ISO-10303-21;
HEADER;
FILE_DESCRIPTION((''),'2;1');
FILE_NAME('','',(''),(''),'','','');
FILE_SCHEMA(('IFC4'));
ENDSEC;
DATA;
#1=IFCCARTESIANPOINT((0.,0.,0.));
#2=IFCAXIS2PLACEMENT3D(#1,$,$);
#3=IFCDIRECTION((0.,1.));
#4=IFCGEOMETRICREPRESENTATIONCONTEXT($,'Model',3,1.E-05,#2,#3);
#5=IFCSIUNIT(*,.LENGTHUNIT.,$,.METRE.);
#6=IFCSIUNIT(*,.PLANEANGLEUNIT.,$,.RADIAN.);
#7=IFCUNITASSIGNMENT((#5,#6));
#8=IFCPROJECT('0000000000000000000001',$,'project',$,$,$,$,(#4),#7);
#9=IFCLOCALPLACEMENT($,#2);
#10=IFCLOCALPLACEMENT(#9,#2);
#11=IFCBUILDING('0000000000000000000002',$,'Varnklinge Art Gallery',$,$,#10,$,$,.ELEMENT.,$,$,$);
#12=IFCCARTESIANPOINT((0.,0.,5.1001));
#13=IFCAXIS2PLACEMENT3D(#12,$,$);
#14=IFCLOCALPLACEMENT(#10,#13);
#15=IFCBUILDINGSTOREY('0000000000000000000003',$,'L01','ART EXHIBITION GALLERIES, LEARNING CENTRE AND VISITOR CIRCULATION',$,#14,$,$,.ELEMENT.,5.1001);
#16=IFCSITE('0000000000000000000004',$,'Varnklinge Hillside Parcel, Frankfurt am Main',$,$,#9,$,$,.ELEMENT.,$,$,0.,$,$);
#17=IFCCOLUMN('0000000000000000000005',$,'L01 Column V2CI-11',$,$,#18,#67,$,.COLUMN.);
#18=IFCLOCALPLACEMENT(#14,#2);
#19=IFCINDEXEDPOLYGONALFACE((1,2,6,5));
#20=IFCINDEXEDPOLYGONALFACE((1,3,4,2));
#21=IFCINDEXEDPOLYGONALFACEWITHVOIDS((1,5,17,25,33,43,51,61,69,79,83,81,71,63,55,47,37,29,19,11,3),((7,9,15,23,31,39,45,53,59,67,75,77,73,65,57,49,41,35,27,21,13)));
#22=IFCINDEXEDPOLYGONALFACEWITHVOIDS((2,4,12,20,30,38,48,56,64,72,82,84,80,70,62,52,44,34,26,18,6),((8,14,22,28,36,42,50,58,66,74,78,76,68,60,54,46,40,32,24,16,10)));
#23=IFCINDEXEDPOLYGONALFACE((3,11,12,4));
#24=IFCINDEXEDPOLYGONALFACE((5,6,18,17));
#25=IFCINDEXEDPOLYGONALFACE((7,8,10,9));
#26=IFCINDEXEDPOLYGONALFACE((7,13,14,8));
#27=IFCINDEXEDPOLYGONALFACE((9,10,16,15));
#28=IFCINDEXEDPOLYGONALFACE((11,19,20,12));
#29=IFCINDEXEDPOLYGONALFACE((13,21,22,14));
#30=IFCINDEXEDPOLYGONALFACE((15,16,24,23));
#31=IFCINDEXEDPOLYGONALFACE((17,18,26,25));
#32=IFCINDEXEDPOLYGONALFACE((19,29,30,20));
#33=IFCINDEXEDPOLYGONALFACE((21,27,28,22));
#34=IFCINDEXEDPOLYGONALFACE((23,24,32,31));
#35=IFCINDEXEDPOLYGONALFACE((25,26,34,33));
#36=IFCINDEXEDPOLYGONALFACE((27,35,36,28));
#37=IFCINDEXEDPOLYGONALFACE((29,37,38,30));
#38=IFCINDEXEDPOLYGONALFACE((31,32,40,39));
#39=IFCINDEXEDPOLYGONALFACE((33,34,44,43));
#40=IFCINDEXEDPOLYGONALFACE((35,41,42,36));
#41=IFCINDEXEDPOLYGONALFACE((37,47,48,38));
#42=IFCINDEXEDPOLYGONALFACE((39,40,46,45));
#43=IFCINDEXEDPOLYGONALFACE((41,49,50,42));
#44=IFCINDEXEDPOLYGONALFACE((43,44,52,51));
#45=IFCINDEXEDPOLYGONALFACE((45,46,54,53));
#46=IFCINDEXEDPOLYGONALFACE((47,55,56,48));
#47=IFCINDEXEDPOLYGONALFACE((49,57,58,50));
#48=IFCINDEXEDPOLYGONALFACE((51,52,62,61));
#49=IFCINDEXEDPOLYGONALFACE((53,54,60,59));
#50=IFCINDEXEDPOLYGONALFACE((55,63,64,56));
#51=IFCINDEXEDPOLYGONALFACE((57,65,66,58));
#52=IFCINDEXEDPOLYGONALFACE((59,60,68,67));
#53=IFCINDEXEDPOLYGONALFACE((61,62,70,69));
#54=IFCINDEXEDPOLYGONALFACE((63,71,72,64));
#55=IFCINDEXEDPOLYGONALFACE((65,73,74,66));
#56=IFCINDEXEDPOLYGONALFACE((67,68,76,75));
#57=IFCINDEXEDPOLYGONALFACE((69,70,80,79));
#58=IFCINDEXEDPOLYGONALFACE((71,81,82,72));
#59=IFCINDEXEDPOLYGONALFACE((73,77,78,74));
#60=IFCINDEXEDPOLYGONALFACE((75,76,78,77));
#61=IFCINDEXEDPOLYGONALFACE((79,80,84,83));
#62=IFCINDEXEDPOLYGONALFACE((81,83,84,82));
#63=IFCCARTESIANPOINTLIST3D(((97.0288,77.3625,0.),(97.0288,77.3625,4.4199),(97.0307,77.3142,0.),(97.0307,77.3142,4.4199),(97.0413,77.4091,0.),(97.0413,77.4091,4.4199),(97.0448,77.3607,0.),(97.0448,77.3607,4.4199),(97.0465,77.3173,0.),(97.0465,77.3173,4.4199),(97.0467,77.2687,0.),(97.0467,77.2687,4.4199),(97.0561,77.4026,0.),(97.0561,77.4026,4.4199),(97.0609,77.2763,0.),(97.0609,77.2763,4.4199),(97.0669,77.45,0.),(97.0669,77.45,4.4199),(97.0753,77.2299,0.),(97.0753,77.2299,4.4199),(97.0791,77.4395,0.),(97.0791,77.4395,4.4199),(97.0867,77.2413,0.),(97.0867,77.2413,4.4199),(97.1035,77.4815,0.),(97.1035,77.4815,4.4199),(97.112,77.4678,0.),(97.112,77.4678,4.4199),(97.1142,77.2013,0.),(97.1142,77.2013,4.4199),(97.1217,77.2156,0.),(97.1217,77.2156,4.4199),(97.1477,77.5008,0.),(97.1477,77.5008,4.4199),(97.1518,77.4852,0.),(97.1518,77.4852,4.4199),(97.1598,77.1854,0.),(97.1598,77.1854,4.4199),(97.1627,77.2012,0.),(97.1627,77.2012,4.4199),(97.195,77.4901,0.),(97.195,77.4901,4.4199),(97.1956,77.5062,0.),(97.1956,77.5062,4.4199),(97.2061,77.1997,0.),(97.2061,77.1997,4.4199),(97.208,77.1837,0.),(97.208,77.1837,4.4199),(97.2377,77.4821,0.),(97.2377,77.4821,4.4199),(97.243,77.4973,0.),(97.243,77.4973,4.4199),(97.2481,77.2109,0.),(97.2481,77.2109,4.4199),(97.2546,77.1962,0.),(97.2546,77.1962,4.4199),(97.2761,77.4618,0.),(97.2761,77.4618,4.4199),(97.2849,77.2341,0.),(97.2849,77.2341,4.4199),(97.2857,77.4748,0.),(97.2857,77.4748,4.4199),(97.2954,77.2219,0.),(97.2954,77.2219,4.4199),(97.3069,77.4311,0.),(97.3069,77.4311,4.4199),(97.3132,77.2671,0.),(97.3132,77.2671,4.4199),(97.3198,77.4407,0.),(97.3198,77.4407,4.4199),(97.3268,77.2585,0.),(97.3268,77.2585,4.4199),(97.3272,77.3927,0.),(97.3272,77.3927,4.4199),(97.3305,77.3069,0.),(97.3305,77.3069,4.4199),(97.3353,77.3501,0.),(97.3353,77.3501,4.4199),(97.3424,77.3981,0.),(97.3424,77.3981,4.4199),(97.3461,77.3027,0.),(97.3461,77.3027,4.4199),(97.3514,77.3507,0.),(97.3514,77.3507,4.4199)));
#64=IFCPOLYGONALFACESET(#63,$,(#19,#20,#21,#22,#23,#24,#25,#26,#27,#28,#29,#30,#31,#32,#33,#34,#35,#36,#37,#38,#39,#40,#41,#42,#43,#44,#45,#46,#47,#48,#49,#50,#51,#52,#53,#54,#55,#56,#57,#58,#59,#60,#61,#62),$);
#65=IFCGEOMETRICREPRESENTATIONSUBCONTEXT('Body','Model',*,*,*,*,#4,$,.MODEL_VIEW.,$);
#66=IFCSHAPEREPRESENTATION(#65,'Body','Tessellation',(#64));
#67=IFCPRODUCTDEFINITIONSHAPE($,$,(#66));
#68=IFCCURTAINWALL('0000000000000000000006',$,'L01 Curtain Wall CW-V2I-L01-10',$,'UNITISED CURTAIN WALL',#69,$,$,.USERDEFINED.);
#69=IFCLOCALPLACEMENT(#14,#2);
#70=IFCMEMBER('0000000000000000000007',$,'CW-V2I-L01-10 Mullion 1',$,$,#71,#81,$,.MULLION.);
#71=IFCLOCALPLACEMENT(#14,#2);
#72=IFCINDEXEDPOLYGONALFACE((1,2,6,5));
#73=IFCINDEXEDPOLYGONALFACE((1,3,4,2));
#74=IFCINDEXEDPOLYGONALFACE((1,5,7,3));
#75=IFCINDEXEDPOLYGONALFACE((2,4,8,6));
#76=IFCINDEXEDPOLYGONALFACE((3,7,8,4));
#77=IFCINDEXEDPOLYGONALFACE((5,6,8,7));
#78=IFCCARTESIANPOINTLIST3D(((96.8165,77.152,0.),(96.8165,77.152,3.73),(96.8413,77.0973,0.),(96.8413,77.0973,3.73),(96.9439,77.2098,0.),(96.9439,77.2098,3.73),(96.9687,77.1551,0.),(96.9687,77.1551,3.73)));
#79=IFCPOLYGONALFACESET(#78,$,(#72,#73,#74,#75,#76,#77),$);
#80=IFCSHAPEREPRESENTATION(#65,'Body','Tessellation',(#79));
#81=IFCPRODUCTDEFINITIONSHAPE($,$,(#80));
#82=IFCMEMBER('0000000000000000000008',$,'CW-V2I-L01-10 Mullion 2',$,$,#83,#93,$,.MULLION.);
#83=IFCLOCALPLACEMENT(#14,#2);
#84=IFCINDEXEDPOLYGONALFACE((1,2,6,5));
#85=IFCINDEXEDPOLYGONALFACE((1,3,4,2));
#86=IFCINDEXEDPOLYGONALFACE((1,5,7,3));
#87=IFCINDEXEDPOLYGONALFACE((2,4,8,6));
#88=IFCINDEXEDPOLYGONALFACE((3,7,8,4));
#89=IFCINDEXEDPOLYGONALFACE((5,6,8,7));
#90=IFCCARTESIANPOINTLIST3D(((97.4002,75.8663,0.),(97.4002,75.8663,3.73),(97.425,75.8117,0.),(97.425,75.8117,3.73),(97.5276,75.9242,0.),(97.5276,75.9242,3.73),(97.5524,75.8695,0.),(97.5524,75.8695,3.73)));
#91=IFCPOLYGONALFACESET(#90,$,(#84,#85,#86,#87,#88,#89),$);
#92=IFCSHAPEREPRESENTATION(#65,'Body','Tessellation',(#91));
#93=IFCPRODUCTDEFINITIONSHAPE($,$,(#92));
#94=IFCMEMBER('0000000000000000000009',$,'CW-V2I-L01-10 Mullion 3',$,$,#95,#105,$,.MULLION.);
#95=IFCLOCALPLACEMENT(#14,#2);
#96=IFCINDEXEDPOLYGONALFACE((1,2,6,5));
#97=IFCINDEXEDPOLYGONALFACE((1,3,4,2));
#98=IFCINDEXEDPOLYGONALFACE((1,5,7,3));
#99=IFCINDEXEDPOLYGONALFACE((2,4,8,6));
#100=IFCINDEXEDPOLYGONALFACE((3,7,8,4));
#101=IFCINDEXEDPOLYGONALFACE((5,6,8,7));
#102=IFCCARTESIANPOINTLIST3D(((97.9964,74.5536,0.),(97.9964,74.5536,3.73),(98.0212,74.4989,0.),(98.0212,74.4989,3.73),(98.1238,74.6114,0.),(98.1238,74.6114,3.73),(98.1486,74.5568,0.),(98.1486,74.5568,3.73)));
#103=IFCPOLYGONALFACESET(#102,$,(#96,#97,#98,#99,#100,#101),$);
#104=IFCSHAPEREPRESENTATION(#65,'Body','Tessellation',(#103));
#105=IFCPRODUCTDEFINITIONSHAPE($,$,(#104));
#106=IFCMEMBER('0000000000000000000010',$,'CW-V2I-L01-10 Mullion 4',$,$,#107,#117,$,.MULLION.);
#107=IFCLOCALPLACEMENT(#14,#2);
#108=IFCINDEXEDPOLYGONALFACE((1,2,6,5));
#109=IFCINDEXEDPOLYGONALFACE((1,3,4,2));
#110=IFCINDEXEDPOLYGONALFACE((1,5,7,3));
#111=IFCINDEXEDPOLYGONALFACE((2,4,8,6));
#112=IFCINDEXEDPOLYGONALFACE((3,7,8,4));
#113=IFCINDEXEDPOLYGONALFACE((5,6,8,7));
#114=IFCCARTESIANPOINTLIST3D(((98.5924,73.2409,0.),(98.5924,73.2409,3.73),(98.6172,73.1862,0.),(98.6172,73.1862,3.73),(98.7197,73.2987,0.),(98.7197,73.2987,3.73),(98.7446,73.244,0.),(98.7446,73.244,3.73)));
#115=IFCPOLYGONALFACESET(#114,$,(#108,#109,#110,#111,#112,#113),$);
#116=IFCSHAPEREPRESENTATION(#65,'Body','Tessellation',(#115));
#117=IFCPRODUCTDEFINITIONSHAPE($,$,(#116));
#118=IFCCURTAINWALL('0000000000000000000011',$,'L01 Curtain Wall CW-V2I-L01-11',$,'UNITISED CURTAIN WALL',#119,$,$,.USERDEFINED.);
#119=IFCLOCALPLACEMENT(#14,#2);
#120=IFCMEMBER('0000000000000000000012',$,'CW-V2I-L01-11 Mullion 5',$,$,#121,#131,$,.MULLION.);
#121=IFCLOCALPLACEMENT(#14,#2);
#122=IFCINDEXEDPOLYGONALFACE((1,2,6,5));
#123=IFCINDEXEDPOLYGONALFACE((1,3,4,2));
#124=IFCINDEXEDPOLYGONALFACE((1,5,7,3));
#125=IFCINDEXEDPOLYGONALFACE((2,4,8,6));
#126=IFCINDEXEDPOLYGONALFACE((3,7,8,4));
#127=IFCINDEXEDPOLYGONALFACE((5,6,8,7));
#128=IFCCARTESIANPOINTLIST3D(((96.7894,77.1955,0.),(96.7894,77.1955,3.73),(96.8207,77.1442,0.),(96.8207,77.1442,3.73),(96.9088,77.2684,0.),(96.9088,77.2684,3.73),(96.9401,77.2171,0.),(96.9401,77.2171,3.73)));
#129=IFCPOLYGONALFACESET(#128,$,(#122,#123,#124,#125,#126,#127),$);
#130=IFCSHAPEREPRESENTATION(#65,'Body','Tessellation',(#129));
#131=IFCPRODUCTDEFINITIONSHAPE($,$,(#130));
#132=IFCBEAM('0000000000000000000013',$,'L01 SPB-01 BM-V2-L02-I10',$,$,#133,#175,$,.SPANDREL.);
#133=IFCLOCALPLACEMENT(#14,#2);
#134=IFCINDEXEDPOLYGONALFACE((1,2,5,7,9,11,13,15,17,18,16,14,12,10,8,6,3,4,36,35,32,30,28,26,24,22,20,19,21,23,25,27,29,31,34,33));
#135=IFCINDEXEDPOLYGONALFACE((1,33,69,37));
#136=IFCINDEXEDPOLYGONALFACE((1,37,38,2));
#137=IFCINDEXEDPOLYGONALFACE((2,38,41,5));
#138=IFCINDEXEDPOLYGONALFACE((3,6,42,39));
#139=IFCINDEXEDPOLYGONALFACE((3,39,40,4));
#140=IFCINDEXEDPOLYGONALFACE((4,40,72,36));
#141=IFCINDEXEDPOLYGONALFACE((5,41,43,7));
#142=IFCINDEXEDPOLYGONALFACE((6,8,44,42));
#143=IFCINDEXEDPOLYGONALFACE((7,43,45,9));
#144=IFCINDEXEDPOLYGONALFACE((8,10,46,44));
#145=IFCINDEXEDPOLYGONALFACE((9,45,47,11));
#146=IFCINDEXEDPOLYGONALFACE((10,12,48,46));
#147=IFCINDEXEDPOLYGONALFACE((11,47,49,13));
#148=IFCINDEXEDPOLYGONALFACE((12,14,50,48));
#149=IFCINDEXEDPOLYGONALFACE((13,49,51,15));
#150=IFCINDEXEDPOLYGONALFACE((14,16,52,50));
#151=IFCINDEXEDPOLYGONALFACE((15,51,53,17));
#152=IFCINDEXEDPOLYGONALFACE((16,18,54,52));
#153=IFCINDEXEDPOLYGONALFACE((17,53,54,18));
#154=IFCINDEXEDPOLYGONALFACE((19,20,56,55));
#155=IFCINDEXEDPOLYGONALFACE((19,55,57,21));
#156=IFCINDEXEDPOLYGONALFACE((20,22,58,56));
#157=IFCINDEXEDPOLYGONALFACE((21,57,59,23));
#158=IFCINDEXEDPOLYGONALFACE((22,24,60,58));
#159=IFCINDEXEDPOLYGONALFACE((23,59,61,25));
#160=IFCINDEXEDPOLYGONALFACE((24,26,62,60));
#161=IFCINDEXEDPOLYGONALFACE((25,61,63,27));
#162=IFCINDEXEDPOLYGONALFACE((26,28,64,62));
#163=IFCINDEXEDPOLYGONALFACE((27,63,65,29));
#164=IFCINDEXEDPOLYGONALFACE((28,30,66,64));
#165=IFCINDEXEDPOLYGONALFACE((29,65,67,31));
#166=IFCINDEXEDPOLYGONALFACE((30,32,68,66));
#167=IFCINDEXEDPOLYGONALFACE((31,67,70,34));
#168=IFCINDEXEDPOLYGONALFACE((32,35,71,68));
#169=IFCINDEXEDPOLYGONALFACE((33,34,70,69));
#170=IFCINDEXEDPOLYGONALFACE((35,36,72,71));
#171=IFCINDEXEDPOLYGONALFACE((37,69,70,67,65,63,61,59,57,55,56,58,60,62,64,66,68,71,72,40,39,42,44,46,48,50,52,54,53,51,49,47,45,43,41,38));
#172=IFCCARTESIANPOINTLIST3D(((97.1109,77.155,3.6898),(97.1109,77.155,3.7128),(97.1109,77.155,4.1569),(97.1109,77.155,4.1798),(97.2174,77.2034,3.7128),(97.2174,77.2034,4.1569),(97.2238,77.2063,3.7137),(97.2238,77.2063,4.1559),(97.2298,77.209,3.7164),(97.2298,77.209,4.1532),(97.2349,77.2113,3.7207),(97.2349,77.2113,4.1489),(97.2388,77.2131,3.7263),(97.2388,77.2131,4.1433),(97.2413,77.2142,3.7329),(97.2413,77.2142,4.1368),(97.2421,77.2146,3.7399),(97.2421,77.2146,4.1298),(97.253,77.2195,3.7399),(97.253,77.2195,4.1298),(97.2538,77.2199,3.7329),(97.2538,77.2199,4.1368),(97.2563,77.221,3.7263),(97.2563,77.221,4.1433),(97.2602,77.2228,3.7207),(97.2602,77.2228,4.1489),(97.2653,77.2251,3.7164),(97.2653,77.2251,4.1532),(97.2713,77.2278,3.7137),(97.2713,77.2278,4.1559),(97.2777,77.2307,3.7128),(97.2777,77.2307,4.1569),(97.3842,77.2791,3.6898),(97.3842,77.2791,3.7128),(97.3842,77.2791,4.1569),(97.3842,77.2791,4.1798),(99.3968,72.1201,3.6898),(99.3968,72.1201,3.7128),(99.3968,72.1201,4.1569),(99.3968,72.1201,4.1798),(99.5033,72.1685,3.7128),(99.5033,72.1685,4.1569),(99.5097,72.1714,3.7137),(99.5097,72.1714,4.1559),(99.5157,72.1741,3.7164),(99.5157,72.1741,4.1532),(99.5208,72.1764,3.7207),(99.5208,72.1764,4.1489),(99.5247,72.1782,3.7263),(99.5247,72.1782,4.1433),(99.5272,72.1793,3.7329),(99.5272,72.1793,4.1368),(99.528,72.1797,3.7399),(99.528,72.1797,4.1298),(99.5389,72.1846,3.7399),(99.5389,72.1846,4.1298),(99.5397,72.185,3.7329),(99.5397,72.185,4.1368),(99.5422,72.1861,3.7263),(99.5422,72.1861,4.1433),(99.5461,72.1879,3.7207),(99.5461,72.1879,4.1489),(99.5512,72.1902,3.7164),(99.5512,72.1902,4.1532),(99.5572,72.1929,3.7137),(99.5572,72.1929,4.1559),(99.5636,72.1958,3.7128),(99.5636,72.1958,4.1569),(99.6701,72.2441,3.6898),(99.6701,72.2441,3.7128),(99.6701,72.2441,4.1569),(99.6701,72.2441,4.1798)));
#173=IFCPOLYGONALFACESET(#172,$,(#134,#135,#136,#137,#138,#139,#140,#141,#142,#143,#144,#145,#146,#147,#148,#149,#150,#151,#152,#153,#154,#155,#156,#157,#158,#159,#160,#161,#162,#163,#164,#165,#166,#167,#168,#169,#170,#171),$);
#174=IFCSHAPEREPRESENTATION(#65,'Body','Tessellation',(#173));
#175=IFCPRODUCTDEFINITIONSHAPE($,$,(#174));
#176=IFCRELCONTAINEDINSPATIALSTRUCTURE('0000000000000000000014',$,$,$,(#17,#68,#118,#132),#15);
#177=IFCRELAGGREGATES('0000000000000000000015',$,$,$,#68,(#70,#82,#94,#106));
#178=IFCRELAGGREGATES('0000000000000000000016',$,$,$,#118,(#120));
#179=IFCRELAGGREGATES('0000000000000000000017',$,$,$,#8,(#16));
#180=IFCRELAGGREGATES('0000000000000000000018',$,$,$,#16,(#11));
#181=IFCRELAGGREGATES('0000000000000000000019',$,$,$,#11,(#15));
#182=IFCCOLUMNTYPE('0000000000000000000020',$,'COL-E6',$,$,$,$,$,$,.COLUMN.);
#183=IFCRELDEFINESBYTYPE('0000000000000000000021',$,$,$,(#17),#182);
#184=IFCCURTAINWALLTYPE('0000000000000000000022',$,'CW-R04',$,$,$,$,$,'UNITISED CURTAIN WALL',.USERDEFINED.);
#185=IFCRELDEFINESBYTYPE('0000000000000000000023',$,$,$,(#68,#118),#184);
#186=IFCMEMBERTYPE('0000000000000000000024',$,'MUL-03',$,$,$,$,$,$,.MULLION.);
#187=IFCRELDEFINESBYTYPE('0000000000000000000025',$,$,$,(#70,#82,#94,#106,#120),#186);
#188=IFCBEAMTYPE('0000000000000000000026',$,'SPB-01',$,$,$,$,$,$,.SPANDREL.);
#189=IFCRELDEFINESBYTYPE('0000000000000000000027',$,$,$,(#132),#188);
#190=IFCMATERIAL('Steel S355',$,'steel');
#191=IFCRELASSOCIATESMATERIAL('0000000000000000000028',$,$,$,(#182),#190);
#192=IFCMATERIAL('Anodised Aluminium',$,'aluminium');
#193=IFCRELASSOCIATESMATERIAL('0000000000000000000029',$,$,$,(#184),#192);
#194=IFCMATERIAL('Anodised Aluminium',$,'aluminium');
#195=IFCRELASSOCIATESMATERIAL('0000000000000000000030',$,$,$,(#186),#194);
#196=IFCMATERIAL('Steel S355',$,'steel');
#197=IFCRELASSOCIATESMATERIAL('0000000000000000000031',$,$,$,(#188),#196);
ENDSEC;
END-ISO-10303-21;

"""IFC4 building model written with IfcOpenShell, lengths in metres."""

from ifc_helpers import new_model, si_unit, direction, frame, origin, origin_2d, place, context, subcontext, project, spatial, rectangle, hollow_circle, i_section, extrude, material, material_profile, profile_set, type_object, element, aggregate, save


model = new_model("IFC4")

# Units and contexts
model_context = context("Model", 3, precision=1e-05, world=origin(), true_north=direction((0.0, 1.0)))
body_context = subcontext(model_context, "Body", "Model", "MODEL_VIEW")
ifc_project = project(units=[si_unit("LENGTHUNIT", "METRE"), si_unit("PLANEANGLEUNIT", "RADIAN")], contexts=[model_context])

# Site, building, storey
site_placement = place(None, origin())
site = spatial("IfcSite", under=ifc_project, at=site_placement, Name="Varnklinge Hillside Parcel, Frankfurt am Main", CompositionType="ELEMENT", RefElevation=0.0)
building_placement = place(site_placement, origin())
building = spatial("IfcBuilding", under=site, at=building_placement, Name="Varnklinge Art Gallery", CompositionType="ELEMENT")
storey_placement = place(building_placement, frame((0.0, 0.0, 5.1001)))
storey = spatial("IfcBuildingStorey", under=building, at=storey_placement, Name="L01", Description="ART EXHIBITION GALLERIES, LEARNING CENTRE AND VISITOR CIRCULATION", CompositionType="ELEMENT", Elevation=5.1001)

# Column
ifc_material_1 = material(Name="Steel S355", Category="steel")
ifc_material_profile_1 = material_profile(ifc_material_1, hollow_circle(Radius=0.1619, WallThickness=0.0161, at=origin_2d()), Name="CHS 323.9x16")
ifc_profile_set_1 = profile_set([ifc_material_profile_1], Name="Steel S355")
column_type = type_object("IfcColumnType", Name="COL-E6", PredefinedType="COLUMN", material=ifc_profile_set_1)
column_placement = place(storey_placement, frame((97.1897, 77.3445, 0.0), z_axis=(0.0, 0.0, 1.0), x_axis=(-0.883684, -0.468084, 0.0)))
element("IfcColumn", 1, at=column_placement, inside=storey, type_object=column_type, Name="L01 Column V2CI-11", PredefinedType="COLUMN", context=body_context, shape_type="SweptSolid", body=[
    extrude(hollow_circle(Radius=0.1619, WallThickness=0.0161, at=origin_2d()), origin(), (0.0, 0.0, 1.0), 4.4199),
])

# Curtain wall, members
ifc_material_2 = material(Name="Anodised Aluminium", Category="aluminium")
curtain_wall_type = type_object("IfcCurtainWallType", Name="CW-R04", ElementType="UNITISED CURTAIN WALL", PredefinedType="USERDEFINED", material=ifc_material_2)
curtain_wall_1_placement = place(storey_placement, origin())
curtain_wall_1 = element("IfcCurtainWall", 2, at=curtain_wall_1_placement, inside=storey, type_object=curtain_wall_type, Name="L01 Curtain Wall CW-V2I-L01-10", ObjectType="UNITISED CURTAIN WALL", PredefinedType="USERDEFINED")
ifc_material_3 = material(Name="Anodised Aluminium", Category="aluminium")
ifc_material_profile_2 = material_profile(ifc_material_3, rectangle(XDim=0.0601, YDim=0.1399, at=origin_2d()), Name="ALU 60x140")
ifc_profile_set_2 = profile_set([ifc_material_profile_2], Name="Anodised Aluminium")
member_type_1 = type_object("IfcMemberType", Name="MUL-03", PredefinedType="MULLION", material=ifc_profile_set_2)
member_1_placement = place(storey_placement, frame((96.8926, 77.1536, 0.0), z_axis=(0.0, 0.0, 1.0), x_axis=(0.413422, -0.910539, 0.0)))
member_1 = element("IfcMember", 3, at=member_1_placement, type_object=member_type_1, Name="CW-V2I-L01-10 Mullion 1", PredefinedType="MULLION", context=body_context, shape_type="SweptSolid", body=[
    extrude(rectangle(XDim=0.0601, YDim=0.1399, at=origin_2d()), origin(), (0.0, 0.0, 1.0), 3.73),
])
member_2_placement = place(storey_placement, frame((97.4763, 75.8679, 0.0), z_axis=(0.0, 0.0, 1.0), x_axis=(0.413422, -0.910539, 0.0)))
member_2 = element("IfcMember", 4, at=member_2_placement, type_object=member_type_1, Name="CW-V2I-L01-10 Mullion 2", PredefinedType="MULLION", context=body_context, shape_type="SweptSolid", body=[
    extrude(rectangle(XDim=0.0601, YDim=0.1399, at=origin_2d()), origin(), (0.0, 0.0, 1.0), 3.73),
])
member_3_placement = place(storey_placement, frame((98.0725, 74.5552, 0.0), z_axis=(0.0, 0.0, 1.0), x_axis=(0.413422, -0.910539, 0.0)))
member_3 = element("IfcMember", 5, at=member_3_placement, type_object=member_type_1, Name="CW-V2I-L01-10 Mullion 3", PredefinedType="MULLION", context=body_context, shape_type="SweptSolid", body=[
    extrude(rectangle(XDim=0.0601, YDim=0.1399, at=origin_2d()), origin(), (0.0, 0.0, 1.0), 3.73),
])
member_4_placement = place(storey_placement, frame((98.6685, 73.2424, 0.0), z_axis=(0.0, 0.0, 1.0), x_axis=(0.413422, -0.910539, 0.0)))
member_4 = element("IfcMember", 6, at=member_4_placement, type_object=member_type_1, Name="CW-V2I-L01-10 Mullion 4", PredefinedType="MULLION", context=body_context, shape_type="SweptSolid", body=[
    extrude(rectangle(XDim=0.0601, YDim=0.1399, at=origin_2d()), origin(), (0.0, 0.0, 1.0), 3.73),
])

# Curtain wall, member
curtain_wall_2_placement = place(storey_placement, origin())
curtain_wall_2 = element("IfcCurtainWall", 7, at=curtain_wall_2_placement, inside=storey, type_object=curtain_wall_type, Name="L01 Curtain Wall CW-V2I-L01-11", ObjectType="UNITISED CURTAIN WALL", PredefinedType="USERDEFINED")
member_5_placement = place(storey_placement, frame((96.8647, 77.2063, 0.0), z_axis=(0.0, 0.0, 1.0), x_axis=(0.520861, -0.853642, 0.0)))
member_5 = element("IfcMember", 8, at=member_5_placement, type_object=member_type_1, Name="CW-V2I-L01-11 Mullion 5", PredefinedType="MULLION", context=body_context, shape_type="SweptSolid", body=[
    extrude(rectangle(XDim=0.0601, YDim=0.1399, at=origin_2d()), origin(), (0.0, 0.0, 1.0), 3.73),
])

# Beam
ifc_material_4 = material(Name="Steel S355", Category="steel")
ifc_material_profile_3 = material_profile(ifc_material_4, i_section(OverallWidth=0.3, OverallDepth=0.49, WebThickness=0.012, FlangeThickness=0.0229, FilletRadius=0.0271, at=origin_2d()), Name="HEA 500")
ifc_profile_set_3 = profile_set([ifc_material_profile_3], Name="Steel S355")
beam_type = type_object("IfcBeamType", Name="SPB-01", PredefinedType="SPANDREL", material=ifc_profile_set_3)
beam_1_placement = place(storey_placement, frame((99.5334, 72.1821, 3.9348), z_axis=(-0.413397, 0.910551, 0.0), x_axis=(-0.910551, -0.413397, 0.0)))
element("IfcBeam", 9, at=beam_1_placement, inside=storey, type_object=beam_type, Name="L01 SPB-01 BM-V2-L02-I10", PredefinedType="SPANDREL", context=body_context, shape_type="SweptSolid", body=[
    extrude(i_section(OverallWidth=0.3, OverallDepth=0.49, WebThickness=0.012, FlangeThickness=0.0229, FilletRadius=0.0271, at=origin_2d()), origin(), (0.0, 0.0, 1.0), 5.5295),
])

aggregate(curtain_wall_1, [member_1, member_2, member_3, member_4])
aggregate(curtain_wall_2, [member_5])

save(model, "model.ifc")
